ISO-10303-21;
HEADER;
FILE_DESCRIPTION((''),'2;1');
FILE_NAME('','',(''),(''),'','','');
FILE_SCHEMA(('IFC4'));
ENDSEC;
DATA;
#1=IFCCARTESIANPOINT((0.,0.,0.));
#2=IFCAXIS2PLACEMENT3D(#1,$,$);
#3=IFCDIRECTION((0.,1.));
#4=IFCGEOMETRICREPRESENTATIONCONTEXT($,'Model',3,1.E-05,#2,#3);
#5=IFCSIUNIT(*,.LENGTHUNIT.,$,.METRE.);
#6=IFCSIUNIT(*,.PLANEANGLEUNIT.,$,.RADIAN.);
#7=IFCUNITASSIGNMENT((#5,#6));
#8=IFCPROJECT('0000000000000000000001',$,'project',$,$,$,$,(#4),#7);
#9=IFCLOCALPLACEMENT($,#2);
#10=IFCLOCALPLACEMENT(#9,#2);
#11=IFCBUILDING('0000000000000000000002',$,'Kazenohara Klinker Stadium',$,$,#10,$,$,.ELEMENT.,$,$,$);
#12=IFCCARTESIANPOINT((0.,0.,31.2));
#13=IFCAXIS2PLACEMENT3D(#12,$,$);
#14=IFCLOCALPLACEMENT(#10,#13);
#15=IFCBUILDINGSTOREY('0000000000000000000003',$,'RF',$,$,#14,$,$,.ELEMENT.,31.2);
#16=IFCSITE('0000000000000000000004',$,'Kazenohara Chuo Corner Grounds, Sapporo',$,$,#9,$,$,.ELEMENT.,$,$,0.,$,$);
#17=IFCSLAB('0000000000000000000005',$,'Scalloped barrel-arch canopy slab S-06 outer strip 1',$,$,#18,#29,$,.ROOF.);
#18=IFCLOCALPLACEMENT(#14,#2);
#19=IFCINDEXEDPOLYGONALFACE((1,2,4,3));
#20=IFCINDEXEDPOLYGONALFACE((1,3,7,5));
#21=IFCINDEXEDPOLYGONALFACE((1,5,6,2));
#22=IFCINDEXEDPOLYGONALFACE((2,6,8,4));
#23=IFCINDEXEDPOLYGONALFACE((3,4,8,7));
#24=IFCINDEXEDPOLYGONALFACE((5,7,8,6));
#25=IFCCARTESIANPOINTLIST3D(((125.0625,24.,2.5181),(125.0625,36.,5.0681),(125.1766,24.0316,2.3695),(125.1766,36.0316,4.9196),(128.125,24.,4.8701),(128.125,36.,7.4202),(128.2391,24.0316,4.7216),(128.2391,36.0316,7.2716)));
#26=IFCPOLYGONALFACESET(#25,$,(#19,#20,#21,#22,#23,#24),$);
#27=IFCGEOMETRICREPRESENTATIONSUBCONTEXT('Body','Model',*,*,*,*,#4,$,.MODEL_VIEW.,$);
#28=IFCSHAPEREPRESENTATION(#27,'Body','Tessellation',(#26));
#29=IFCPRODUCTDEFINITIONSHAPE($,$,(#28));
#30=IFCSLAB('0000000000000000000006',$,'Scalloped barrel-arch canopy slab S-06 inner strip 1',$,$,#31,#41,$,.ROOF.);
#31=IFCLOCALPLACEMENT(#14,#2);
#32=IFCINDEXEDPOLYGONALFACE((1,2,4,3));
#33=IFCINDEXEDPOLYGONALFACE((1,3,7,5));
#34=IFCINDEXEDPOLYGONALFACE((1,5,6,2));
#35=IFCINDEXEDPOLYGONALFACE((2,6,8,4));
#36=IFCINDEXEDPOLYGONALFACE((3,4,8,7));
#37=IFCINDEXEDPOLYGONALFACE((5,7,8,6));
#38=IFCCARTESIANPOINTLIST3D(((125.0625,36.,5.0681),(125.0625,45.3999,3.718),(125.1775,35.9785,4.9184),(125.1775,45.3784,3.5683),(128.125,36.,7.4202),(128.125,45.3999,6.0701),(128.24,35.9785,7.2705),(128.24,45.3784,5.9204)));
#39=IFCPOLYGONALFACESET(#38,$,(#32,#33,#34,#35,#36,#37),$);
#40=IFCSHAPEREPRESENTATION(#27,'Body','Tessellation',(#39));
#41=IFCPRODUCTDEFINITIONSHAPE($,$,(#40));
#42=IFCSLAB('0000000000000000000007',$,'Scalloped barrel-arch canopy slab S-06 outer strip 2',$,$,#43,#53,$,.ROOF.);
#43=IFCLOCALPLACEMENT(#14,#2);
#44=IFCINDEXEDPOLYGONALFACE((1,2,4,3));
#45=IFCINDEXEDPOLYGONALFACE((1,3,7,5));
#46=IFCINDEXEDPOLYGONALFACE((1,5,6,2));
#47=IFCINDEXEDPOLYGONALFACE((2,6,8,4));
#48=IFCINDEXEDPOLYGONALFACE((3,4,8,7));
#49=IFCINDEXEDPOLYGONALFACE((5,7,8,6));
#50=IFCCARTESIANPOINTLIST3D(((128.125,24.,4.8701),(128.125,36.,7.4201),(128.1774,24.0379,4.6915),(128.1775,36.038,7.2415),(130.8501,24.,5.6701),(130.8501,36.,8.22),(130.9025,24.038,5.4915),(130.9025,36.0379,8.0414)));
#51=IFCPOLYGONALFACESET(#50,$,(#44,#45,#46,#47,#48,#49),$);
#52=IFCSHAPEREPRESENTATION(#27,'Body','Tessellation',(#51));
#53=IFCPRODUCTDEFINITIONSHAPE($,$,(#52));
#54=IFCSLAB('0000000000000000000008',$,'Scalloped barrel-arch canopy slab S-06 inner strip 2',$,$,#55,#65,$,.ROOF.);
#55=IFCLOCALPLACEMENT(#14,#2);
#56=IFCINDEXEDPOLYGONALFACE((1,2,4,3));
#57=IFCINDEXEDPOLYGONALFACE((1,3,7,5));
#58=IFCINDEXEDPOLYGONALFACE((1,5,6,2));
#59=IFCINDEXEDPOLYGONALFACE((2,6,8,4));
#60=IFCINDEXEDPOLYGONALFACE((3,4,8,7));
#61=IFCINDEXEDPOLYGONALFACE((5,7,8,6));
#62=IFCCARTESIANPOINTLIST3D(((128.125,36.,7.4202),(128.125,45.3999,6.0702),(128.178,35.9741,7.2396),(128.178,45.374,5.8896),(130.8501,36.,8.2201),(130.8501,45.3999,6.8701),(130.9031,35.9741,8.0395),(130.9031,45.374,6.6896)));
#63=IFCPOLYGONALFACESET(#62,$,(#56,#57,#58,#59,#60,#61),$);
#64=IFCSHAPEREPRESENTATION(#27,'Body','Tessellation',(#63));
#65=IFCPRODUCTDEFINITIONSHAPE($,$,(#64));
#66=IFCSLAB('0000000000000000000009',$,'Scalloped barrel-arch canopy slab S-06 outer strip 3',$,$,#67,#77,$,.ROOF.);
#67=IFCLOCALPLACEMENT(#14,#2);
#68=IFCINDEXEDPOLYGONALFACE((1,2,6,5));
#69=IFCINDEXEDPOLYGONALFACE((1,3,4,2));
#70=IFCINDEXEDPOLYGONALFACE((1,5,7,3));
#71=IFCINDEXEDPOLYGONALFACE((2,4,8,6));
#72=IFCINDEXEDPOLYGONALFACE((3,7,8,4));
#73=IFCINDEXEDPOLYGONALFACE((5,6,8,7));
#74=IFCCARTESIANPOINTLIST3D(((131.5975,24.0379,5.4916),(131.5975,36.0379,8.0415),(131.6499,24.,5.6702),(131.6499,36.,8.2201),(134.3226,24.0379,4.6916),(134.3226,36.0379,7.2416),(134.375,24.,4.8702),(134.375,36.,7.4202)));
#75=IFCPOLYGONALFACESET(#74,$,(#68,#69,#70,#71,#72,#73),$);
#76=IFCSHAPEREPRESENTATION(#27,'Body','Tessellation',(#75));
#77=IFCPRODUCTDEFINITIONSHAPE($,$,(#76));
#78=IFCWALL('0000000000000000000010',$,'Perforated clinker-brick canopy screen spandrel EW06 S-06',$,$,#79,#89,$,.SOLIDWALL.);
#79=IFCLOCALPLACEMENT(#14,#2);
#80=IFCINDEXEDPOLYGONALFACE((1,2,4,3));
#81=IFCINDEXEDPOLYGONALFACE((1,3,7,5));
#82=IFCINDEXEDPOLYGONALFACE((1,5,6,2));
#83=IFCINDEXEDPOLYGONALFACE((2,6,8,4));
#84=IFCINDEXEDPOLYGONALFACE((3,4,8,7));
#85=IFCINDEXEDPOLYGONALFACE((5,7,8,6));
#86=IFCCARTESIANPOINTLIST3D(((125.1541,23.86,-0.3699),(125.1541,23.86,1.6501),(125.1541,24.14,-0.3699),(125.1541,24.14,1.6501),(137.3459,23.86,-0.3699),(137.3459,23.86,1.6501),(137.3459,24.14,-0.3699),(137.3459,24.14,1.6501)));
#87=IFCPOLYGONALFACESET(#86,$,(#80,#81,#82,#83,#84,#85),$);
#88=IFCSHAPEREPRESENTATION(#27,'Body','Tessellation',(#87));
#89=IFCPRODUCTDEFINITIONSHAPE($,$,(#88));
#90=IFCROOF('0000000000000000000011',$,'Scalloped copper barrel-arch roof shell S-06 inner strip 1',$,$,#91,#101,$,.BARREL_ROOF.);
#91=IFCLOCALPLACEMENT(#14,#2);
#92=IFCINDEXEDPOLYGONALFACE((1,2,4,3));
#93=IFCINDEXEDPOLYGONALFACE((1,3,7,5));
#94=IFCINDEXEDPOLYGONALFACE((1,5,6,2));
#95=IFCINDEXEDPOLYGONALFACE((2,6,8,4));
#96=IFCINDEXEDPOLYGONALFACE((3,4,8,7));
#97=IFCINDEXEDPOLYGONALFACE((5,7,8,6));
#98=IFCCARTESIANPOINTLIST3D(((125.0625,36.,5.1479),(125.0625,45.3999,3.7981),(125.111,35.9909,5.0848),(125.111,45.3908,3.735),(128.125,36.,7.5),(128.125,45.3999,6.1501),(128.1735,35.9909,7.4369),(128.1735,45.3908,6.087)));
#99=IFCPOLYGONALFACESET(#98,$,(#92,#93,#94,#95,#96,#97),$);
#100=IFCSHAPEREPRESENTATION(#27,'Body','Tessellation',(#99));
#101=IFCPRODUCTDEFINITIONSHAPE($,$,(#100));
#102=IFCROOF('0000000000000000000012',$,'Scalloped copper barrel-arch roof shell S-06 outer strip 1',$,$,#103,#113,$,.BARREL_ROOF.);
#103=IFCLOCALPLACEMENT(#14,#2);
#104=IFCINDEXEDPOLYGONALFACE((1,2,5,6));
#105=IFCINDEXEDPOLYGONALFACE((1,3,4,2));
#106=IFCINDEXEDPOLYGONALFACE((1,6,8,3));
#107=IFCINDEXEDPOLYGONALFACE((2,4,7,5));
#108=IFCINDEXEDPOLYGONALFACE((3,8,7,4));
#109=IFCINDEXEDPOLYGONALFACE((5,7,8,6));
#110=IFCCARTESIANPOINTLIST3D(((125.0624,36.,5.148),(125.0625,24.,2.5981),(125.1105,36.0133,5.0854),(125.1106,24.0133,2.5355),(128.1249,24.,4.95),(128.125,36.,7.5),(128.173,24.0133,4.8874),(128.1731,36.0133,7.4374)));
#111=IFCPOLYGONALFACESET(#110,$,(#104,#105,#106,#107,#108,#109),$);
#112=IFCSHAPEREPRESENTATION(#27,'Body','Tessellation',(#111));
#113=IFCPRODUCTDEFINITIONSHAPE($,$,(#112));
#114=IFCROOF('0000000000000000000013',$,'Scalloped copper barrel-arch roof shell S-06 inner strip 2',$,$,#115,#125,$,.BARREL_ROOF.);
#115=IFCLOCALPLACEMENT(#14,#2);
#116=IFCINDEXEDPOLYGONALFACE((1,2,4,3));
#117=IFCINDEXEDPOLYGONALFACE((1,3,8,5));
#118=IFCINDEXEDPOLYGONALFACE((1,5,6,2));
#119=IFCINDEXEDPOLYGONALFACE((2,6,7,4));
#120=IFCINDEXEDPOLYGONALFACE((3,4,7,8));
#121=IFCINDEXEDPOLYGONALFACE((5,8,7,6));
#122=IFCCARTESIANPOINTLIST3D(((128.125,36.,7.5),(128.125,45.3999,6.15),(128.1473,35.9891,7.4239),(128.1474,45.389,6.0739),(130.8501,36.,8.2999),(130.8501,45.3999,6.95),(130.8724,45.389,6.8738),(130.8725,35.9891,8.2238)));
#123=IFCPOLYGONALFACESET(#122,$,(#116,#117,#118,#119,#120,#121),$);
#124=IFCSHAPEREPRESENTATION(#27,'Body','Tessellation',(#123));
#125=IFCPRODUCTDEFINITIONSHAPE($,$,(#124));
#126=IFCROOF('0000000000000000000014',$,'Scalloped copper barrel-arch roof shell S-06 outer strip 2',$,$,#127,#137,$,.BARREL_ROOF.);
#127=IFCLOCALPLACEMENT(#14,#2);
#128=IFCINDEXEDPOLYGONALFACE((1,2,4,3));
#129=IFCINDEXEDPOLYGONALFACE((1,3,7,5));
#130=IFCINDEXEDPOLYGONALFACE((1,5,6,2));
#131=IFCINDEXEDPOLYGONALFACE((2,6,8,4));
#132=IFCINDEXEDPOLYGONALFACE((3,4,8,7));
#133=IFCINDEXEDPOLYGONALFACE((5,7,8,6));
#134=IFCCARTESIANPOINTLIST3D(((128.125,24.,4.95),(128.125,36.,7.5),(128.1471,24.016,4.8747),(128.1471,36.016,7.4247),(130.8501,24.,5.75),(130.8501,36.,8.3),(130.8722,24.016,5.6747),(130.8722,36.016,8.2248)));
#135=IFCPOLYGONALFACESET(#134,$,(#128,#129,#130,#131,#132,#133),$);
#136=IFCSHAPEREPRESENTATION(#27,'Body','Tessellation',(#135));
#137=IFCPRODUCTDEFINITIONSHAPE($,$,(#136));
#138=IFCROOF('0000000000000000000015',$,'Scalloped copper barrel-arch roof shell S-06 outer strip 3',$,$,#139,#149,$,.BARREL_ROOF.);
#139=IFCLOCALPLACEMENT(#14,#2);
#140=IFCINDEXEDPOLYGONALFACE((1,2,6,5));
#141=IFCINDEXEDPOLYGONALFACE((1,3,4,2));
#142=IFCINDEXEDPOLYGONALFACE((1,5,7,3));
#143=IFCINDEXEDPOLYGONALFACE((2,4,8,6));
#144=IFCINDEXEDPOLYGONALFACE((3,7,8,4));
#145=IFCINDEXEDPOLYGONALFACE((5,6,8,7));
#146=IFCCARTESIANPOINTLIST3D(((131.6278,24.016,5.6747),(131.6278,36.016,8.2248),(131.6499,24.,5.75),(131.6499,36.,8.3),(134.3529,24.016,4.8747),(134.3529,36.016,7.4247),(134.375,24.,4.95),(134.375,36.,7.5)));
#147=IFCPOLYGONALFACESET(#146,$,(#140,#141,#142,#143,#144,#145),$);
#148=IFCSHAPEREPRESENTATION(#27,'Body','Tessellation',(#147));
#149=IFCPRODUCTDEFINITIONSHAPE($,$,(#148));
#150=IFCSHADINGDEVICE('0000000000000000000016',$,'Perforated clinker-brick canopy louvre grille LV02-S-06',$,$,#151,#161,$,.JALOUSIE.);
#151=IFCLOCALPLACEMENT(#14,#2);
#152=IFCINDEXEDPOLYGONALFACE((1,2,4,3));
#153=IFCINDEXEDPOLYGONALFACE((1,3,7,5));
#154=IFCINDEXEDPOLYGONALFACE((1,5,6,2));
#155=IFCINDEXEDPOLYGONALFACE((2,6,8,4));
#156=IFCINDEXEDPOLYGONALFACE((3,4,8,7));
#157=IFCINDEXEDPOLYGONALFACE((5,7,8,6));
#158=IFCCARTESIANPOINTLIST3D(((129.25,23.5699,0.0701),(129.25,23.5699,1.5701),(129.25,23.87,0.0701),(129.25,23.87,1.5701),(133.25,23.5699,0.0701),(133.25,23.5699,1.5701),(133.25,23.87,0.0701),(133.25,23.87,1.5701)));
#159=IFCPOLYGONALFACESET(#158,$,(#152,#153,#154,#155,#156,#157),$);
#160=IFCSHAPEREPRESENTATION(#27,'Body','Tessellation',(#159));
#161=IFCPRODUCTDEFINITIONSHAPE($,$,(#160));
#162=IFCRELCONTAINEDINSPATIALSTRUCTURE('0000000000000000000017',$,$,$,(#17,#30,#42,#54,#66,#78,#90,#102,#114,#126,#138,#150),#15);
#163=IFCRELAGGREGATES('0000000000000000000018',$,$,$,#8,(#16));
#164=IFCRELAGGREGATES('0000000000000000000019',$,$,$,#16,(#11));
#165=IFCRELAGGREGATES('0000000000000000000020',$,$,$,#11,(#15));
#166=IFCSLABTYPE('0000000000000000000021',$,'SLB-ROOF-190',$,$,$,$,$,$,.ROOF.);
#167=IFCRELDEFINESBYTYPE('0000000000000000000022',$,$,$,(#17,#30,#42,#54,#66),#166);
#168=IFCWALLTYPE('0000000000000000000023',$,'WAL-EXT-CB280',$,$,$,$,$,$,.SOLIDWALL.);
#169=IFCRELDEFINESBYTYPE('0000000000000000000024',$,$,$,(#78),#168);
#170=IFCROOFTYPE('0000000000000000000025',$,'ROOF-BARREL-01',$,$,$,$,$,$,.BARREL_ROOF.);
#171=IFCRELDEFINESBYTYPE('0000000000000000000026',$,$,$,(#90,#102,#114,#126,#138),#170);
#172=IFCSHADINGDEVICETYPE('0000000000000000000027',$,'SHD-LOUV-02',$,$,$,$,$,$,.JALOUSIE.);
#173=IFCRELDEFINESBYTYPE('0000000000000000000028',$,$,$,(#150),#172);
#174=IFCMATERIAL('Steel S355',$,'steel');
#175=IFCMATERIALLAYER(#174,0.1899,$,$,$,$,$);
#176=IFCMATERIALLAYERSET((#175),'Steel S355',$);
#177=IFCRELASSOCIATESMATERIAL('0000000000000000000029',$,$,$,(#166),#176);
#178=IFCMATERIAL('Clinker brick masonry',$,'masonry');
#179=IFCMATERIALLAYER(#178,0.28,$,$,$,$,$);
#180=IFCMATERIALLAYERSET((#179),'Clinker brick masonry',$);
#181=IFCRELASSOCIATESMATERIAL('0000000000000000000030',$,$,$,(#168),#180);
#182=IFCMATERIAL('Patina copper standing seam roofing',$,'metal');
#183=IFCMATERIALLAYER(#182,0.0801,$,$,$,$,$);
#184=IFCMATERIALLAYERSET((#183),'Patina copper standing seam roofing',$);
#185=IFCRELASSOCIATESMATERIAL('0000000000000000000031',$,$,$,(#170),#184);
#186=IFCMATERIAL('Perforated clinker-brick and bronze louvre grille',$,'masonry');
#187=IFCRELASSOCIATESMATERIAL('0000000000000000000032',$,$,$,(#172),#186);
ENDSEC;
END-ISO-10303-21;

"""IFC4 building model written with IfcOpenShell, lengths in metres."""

from ifc_helpers import new_model, si_unit, direction, frame, frame_2d, origin, origin_2d, place, context, subcontext, project, spatial, polyline, rectangle, outline, extrude, material, layer, layer_set, type_object, element, save


model = new_model("IFC4")

# Units and contexts
model_context = context("Model", 3, precision=1e-05, world=origin(), true_north=direction((0.0, 1.0)))
body_context = subcontext(model_context, "Body", "Model", "MODEL_VIEW")
ifc_project = project(units=[si_unit("LENGTHUNIT", "METRE"), si_unit("PLANEANGLEUNIT", "RADIAN")], contexts=[model_context])

# Site, building, storey
site_placement = place(None, origin())
site = spatial("IfcSite", under=ifc_project, at=site_placement, Name="Kazenohara Chuo Corner Grounds, Sapporo", CompositionType="ELEMENT", RefElevation=0.0)
building_placement = place(site_placement, origin())
building = spatial("IfcBuilding", under=site, at=building_placement, Name="Kazenohara Klinker Stadium", CompositionType="ELEMENT")
storey_placement = place(building_placement, frame((0.0, 0.0, 31.2)))
storey = spatial("IfcBuildingStorey", under=building, at=storey_placement, Name="RF", CompositionType="ELEMENT", Elevation=31.2)

# Shared definitions
ifc_material_1 = material(Name="Steel S355", Category="steel")

# Slabs
ifc_layer_1 = layer(ifc_material_1, 0.1899)
ifc_layer_set_1 = layer_set([ifc_layer_1], Name="Steel S355")
slab_type = type_object("IfcSlabType", Name="SLB-ROOF-190", PredefinedType="ROOF", material=ifc_layer_set_1)
slab_1_placement = place(storey_placement, frame((125.0625, 24.0, 2.5181), z_axis=(-0.600635, -0.166191, 0.78206), x_axis=(0.0, 0.978158, 0.207863)))
element("IfcSlab", 1, at=slab_1_placement, inside=storey, type_object=slab_type, Name="Scalloped barrel-arch canopy slab S-06 outer strip 1", PredefinedType="ROOF", context=body_context, shape_type="SweptSolid", body=[
    extrude(outline(polyline([(0.0, 0.0), (12.268, 0.0), (12.7569, -3.8304), (0.4889, -3.8304), (0.0, 0.0)])), origin(), (0.0, 0.0, -1.0), 0.1899),
])
slab_2_placement = place(storey_placement, frame((125.0625, 36.0, 5.0681), z_axis=(-0.605192, 0.113179, 0.787993), x_axis=(0.0, 0.989842, -0.14217)))
element("IfcSlab", 2, at=slab_2_placement, inside=storey, type_object=slab_type, Name="Scalloped barrel-arch canopy slab S-06 inner strip 1", PredefinedType="ROOF", context=body_context, shape_type="SweptSolid", body=[
    extrude(outline(polyline([(0.0, 0.0), (9.4964, 0.0), (9.162, -3.847), (-0.3344, -3.847), (0.0, 0.0)])), origin(), (0.0, 0.0, -1.0), 0.1899),
])
slab_3_placement = place(storey_placement, frame((128.125, 24.0, 4.8701), z_axis=(-0.275979, -0.199781, 0.940172), x_axis=(0.000003, 0.97816, 0.207854)))
element("IfcSlab", 3, at=slab_3_placement, inside=storey, type_object=slab_type, Name="Scalloped barrel-arch canopy slab S-06 outer strip 2", PredefinedType="ROOF", context=body_context, shape_type="SweptSolid", body=[
    extrude(outline(polyline([(0.0, 0.0), (12.268, 0.0), (12.4342, -2.8352), (0.1663, -2.8352), (0.0, 0.0)])), origin(), (0.0, 0.0, -1.0), 0.1899),
])
slab_4_placement = place(storey_placement, frame((128.125, 36.0, 7.4202), z_axis=(-0.27902, 0.136512, 0.950533), x_axis=(-0.000003, 0.989844, -0.142158)))
element("IfcSlab", 4, at=slab_4_placement, inside=storey, type_object=slab_type, Name="Scalloped barrel-arch canopy slab S-06 inner strip 2", PredefinedType="ROOF", context=body_context, shape_type="SweptSolid", body=[
    extrude(outline(polyline([(0.0, 0.0), (9.4964, 0.0), (9.3826, -2.8378), (-0.1137, -2.8378), (0.0, 0.0)])), origin(), (0.0, 0.0, -1.0), 0.1899),
])
slab_5_placement = place(storey_placement, frame((131.6499, 24.0, 5.6702), z_axis=(0.275979, -0.199781, 0.940172), x_axis=(0.000003, 0.97816, 0.207852)))
element("IfcSlab", 5, at=slab_5_placement, inside=storey, type_object=slab_type, Name="Scalloped barrel-arch canopy slab S-06 outer strip 3", PredefinedType="ROOF", context=body_context, shape_type="SweptSolid", body=[
    extrude(outline(polyline([(0.0, 0.0), (12.2679, 0.0), (12.1017, -2.8352), (-0.1663, -2.8352), (0.0, 0.0)])), origin(), (0.0, 0.0, -1.0), 0.1899),
])

# Wall
ifc_material_2 = material(Name="Clinker brick masonry", Category="masonry")
ifc_layer_2 = layer(ifc_material_2, 0.28)
ifc_layer_set_2 = layer_set([ifc_layer_2], Name="Clinker brick masonry")
wall_type = type_object("IfcWallType", Name="WAL-EXT-CB280", PredefinedType="SOLIDWALL", material=ifc_layer_set_2)
wall_placement = place(storey_placement, frame((125.1541, 24.0, -0.3699), z_axis=(0.0, 0.0, 1.0), x_axis=(1.0, 0.0, 0.0)))
element("IfcWall", 6, at=wall_placement, inside=storey, type_object=wall_type, Name="Perforated clinker-brick canopy screen spandrel EW06 S-06", PredefinedType="SOLIDWALL", context=body_context, shape_type="SweptSolid", body=[
    extrude(rectangle(XDim=12.1919, YDim=0.28, at=frame_2d((6.0959, 0.0))), origin(), (0.0, 0.0, 1.0), 2.02),
])

# Roofs
ifc_material_3 = material(Name="Patina copper standing seam roofing", Category="metal")
ifc_layer_3 = layer(ifc_material_3, 0.0801)
ifc_layer_set_3 = layer_set([ifc_layer_3], Name="Patina copper standing seam roofing")
roof_type = type_object("IfcRoofType", Name="ROOF-BARREL-01", PredefinedType="BARREL_ROOF", material=ifc_layer_set_3)
roof_1_placement = place(storey_placement, frame((125.0625, 36.0, 5.1479), z_axis=(-0.605193, 0.113158, 0.787995), x_axis=(0.0, 0.989846, -0.142145)))
element("IfcRoof", 7, at=roof_1_placement, inside=storey, type_object=roof_type, Name="Scalloped copper barrel-arch roof shell S-06 inner strip 1", PredefinedType="BARREL_ROOF", context=body_context, shape_type="SweptSolid", body=[
    extrude(outline(polyline([(0.0, 0.0), (9.4963, 0.0), (9.162, -3.847), (-0.3343, -3.847), (0.0, 0.0)])), origin(), (0.0, 0.0, -1.0), 0.0801),
])
roof_2_placement = place(storey_placement, frame((125.0625, 24.0, 2.5981), z_axis=(-0.600616, -0.166186, 0.782076), x_axis=(-0.000005, 0.978161, 0.20785)))
element("IfcRoof", 8, at=roof_2_placement, inside=storey, type_object=roof_type, Name="Scalloped copper barrel-arch roof shell S-06 outer strip 1", PredefinedType="BARREL_ROOF", context=body_context, shape_type="SweptSolid", body=[
    extrude(outline(polyline([(0.0, 0.0), (12.2679, 0.0), (12.7568, -3.8304), (0.4888, -3.8303), (0.0, 0.0)])), origin(), (0.0, 0.0, -1.0), 0.0801),
])
roof_3_placement = place(storey_placement, frame((128.125, 36.0, 7.5), z_axis=(-0.27902, 0.136512, 0.950533), x_axis=(0.000003, 0.989844, -0.142156)))
element("IfcRoof", 9, at=roof_3_placement, inside=storey, type_object=roof_type, Name="Scalloped copper barrel-arch roof shell S-06 inner strip 2", PredefinedType="BARREL_ROOF", context=body_context, shape_type="SweptSolid", body=[
    extrude(outline(polyline([(0.0, 0.0), (9.4963, 0.0), (9.3826, -2.8378), (-0.1137, -2.8378), (0.0, 0.0)])), origin(), (0.0, 0.0, -1.0), 0.0801),
])
roof_4_placement = place(storey_placement, frame((128.125, 24.0, 4.95), z_axis=(-0.276017, -0.199788, 0.940159), x_axis=(0.0, 0.978158, 0.207863)))
element("IfcRoof", 10, at=roof_4_placement, inside=storey, type_object=roof_type, Name="Scalloped copper barrel-arch roof shell S-06 outer strip 2", PredefinedType="BARREL_ROOF", context=body_context, shape_type="SweptSolid", body=[
    extrude(outline(polyline([(0.0, 0.0), (12.268, 0.0), (12.4343, -2.8352), (0.1663, -2.8352), (0.0, 0.0)])), origin(), (0.0, 0.0, -1.0), 0.0801),
])
roof_5_placement = place(storey_placement, frame((131.6499, 24.0, 5.75), z_axis=(0.276017, -0.199788, 0.940159), x_axis=(0.0, 0.978158, 0.207863)))
element("IfcRoof", 11, at=roof_5_placement, inside=storey, type_object=roof_type, Name="Scalloped copper barrel-arch roof shell S-06 outer strip 3", PredefinedType="BARREL_ROOF", context=body_context, shape_type="SweptSolid", body=[
    extrude(outline(polyline([(0.0, 0.0), (12.268, 0.0), (12.1017, -2.8352), (-0.1663, -2.8352), (0.0, 0.0)])), origin(), (0.0, 0.0, -1.0), 0.0801),
])

# Shading device
ifc_material_4 = material(Name="Perforated clinker-brick and bronze louvre grille", Category="masonry")
shading_device_type = type_object("IfcShadingDeviceType", Name="SHD-LOUV-02", PredefinedType="JALOUSIE", material=ifc_material_4)
shading_device_placement = place(storey_placement, frame((131.25, 23.72, 0.0701), z_axis=(0.0, 0.0, 1.0), x_axis=(1.0, 0.0, 0.0)))
element("IfcShadingDevice", 12, at=shading_device_placement, inside=storey, type_object=shading_device_type, Name="Perforated clinker-brick canopy louvre grille LV02-S-06", PredefinedType="JALOUSIE", context=body_context, shape_type="SweptSolid", body=[
    extrude(rectangle(XDim=4.0, YDim=0.3, at=origin_2d()), origin(), (0.0, 0.0, 1.0), 1.5),
])

save(model, "model.ifc")
